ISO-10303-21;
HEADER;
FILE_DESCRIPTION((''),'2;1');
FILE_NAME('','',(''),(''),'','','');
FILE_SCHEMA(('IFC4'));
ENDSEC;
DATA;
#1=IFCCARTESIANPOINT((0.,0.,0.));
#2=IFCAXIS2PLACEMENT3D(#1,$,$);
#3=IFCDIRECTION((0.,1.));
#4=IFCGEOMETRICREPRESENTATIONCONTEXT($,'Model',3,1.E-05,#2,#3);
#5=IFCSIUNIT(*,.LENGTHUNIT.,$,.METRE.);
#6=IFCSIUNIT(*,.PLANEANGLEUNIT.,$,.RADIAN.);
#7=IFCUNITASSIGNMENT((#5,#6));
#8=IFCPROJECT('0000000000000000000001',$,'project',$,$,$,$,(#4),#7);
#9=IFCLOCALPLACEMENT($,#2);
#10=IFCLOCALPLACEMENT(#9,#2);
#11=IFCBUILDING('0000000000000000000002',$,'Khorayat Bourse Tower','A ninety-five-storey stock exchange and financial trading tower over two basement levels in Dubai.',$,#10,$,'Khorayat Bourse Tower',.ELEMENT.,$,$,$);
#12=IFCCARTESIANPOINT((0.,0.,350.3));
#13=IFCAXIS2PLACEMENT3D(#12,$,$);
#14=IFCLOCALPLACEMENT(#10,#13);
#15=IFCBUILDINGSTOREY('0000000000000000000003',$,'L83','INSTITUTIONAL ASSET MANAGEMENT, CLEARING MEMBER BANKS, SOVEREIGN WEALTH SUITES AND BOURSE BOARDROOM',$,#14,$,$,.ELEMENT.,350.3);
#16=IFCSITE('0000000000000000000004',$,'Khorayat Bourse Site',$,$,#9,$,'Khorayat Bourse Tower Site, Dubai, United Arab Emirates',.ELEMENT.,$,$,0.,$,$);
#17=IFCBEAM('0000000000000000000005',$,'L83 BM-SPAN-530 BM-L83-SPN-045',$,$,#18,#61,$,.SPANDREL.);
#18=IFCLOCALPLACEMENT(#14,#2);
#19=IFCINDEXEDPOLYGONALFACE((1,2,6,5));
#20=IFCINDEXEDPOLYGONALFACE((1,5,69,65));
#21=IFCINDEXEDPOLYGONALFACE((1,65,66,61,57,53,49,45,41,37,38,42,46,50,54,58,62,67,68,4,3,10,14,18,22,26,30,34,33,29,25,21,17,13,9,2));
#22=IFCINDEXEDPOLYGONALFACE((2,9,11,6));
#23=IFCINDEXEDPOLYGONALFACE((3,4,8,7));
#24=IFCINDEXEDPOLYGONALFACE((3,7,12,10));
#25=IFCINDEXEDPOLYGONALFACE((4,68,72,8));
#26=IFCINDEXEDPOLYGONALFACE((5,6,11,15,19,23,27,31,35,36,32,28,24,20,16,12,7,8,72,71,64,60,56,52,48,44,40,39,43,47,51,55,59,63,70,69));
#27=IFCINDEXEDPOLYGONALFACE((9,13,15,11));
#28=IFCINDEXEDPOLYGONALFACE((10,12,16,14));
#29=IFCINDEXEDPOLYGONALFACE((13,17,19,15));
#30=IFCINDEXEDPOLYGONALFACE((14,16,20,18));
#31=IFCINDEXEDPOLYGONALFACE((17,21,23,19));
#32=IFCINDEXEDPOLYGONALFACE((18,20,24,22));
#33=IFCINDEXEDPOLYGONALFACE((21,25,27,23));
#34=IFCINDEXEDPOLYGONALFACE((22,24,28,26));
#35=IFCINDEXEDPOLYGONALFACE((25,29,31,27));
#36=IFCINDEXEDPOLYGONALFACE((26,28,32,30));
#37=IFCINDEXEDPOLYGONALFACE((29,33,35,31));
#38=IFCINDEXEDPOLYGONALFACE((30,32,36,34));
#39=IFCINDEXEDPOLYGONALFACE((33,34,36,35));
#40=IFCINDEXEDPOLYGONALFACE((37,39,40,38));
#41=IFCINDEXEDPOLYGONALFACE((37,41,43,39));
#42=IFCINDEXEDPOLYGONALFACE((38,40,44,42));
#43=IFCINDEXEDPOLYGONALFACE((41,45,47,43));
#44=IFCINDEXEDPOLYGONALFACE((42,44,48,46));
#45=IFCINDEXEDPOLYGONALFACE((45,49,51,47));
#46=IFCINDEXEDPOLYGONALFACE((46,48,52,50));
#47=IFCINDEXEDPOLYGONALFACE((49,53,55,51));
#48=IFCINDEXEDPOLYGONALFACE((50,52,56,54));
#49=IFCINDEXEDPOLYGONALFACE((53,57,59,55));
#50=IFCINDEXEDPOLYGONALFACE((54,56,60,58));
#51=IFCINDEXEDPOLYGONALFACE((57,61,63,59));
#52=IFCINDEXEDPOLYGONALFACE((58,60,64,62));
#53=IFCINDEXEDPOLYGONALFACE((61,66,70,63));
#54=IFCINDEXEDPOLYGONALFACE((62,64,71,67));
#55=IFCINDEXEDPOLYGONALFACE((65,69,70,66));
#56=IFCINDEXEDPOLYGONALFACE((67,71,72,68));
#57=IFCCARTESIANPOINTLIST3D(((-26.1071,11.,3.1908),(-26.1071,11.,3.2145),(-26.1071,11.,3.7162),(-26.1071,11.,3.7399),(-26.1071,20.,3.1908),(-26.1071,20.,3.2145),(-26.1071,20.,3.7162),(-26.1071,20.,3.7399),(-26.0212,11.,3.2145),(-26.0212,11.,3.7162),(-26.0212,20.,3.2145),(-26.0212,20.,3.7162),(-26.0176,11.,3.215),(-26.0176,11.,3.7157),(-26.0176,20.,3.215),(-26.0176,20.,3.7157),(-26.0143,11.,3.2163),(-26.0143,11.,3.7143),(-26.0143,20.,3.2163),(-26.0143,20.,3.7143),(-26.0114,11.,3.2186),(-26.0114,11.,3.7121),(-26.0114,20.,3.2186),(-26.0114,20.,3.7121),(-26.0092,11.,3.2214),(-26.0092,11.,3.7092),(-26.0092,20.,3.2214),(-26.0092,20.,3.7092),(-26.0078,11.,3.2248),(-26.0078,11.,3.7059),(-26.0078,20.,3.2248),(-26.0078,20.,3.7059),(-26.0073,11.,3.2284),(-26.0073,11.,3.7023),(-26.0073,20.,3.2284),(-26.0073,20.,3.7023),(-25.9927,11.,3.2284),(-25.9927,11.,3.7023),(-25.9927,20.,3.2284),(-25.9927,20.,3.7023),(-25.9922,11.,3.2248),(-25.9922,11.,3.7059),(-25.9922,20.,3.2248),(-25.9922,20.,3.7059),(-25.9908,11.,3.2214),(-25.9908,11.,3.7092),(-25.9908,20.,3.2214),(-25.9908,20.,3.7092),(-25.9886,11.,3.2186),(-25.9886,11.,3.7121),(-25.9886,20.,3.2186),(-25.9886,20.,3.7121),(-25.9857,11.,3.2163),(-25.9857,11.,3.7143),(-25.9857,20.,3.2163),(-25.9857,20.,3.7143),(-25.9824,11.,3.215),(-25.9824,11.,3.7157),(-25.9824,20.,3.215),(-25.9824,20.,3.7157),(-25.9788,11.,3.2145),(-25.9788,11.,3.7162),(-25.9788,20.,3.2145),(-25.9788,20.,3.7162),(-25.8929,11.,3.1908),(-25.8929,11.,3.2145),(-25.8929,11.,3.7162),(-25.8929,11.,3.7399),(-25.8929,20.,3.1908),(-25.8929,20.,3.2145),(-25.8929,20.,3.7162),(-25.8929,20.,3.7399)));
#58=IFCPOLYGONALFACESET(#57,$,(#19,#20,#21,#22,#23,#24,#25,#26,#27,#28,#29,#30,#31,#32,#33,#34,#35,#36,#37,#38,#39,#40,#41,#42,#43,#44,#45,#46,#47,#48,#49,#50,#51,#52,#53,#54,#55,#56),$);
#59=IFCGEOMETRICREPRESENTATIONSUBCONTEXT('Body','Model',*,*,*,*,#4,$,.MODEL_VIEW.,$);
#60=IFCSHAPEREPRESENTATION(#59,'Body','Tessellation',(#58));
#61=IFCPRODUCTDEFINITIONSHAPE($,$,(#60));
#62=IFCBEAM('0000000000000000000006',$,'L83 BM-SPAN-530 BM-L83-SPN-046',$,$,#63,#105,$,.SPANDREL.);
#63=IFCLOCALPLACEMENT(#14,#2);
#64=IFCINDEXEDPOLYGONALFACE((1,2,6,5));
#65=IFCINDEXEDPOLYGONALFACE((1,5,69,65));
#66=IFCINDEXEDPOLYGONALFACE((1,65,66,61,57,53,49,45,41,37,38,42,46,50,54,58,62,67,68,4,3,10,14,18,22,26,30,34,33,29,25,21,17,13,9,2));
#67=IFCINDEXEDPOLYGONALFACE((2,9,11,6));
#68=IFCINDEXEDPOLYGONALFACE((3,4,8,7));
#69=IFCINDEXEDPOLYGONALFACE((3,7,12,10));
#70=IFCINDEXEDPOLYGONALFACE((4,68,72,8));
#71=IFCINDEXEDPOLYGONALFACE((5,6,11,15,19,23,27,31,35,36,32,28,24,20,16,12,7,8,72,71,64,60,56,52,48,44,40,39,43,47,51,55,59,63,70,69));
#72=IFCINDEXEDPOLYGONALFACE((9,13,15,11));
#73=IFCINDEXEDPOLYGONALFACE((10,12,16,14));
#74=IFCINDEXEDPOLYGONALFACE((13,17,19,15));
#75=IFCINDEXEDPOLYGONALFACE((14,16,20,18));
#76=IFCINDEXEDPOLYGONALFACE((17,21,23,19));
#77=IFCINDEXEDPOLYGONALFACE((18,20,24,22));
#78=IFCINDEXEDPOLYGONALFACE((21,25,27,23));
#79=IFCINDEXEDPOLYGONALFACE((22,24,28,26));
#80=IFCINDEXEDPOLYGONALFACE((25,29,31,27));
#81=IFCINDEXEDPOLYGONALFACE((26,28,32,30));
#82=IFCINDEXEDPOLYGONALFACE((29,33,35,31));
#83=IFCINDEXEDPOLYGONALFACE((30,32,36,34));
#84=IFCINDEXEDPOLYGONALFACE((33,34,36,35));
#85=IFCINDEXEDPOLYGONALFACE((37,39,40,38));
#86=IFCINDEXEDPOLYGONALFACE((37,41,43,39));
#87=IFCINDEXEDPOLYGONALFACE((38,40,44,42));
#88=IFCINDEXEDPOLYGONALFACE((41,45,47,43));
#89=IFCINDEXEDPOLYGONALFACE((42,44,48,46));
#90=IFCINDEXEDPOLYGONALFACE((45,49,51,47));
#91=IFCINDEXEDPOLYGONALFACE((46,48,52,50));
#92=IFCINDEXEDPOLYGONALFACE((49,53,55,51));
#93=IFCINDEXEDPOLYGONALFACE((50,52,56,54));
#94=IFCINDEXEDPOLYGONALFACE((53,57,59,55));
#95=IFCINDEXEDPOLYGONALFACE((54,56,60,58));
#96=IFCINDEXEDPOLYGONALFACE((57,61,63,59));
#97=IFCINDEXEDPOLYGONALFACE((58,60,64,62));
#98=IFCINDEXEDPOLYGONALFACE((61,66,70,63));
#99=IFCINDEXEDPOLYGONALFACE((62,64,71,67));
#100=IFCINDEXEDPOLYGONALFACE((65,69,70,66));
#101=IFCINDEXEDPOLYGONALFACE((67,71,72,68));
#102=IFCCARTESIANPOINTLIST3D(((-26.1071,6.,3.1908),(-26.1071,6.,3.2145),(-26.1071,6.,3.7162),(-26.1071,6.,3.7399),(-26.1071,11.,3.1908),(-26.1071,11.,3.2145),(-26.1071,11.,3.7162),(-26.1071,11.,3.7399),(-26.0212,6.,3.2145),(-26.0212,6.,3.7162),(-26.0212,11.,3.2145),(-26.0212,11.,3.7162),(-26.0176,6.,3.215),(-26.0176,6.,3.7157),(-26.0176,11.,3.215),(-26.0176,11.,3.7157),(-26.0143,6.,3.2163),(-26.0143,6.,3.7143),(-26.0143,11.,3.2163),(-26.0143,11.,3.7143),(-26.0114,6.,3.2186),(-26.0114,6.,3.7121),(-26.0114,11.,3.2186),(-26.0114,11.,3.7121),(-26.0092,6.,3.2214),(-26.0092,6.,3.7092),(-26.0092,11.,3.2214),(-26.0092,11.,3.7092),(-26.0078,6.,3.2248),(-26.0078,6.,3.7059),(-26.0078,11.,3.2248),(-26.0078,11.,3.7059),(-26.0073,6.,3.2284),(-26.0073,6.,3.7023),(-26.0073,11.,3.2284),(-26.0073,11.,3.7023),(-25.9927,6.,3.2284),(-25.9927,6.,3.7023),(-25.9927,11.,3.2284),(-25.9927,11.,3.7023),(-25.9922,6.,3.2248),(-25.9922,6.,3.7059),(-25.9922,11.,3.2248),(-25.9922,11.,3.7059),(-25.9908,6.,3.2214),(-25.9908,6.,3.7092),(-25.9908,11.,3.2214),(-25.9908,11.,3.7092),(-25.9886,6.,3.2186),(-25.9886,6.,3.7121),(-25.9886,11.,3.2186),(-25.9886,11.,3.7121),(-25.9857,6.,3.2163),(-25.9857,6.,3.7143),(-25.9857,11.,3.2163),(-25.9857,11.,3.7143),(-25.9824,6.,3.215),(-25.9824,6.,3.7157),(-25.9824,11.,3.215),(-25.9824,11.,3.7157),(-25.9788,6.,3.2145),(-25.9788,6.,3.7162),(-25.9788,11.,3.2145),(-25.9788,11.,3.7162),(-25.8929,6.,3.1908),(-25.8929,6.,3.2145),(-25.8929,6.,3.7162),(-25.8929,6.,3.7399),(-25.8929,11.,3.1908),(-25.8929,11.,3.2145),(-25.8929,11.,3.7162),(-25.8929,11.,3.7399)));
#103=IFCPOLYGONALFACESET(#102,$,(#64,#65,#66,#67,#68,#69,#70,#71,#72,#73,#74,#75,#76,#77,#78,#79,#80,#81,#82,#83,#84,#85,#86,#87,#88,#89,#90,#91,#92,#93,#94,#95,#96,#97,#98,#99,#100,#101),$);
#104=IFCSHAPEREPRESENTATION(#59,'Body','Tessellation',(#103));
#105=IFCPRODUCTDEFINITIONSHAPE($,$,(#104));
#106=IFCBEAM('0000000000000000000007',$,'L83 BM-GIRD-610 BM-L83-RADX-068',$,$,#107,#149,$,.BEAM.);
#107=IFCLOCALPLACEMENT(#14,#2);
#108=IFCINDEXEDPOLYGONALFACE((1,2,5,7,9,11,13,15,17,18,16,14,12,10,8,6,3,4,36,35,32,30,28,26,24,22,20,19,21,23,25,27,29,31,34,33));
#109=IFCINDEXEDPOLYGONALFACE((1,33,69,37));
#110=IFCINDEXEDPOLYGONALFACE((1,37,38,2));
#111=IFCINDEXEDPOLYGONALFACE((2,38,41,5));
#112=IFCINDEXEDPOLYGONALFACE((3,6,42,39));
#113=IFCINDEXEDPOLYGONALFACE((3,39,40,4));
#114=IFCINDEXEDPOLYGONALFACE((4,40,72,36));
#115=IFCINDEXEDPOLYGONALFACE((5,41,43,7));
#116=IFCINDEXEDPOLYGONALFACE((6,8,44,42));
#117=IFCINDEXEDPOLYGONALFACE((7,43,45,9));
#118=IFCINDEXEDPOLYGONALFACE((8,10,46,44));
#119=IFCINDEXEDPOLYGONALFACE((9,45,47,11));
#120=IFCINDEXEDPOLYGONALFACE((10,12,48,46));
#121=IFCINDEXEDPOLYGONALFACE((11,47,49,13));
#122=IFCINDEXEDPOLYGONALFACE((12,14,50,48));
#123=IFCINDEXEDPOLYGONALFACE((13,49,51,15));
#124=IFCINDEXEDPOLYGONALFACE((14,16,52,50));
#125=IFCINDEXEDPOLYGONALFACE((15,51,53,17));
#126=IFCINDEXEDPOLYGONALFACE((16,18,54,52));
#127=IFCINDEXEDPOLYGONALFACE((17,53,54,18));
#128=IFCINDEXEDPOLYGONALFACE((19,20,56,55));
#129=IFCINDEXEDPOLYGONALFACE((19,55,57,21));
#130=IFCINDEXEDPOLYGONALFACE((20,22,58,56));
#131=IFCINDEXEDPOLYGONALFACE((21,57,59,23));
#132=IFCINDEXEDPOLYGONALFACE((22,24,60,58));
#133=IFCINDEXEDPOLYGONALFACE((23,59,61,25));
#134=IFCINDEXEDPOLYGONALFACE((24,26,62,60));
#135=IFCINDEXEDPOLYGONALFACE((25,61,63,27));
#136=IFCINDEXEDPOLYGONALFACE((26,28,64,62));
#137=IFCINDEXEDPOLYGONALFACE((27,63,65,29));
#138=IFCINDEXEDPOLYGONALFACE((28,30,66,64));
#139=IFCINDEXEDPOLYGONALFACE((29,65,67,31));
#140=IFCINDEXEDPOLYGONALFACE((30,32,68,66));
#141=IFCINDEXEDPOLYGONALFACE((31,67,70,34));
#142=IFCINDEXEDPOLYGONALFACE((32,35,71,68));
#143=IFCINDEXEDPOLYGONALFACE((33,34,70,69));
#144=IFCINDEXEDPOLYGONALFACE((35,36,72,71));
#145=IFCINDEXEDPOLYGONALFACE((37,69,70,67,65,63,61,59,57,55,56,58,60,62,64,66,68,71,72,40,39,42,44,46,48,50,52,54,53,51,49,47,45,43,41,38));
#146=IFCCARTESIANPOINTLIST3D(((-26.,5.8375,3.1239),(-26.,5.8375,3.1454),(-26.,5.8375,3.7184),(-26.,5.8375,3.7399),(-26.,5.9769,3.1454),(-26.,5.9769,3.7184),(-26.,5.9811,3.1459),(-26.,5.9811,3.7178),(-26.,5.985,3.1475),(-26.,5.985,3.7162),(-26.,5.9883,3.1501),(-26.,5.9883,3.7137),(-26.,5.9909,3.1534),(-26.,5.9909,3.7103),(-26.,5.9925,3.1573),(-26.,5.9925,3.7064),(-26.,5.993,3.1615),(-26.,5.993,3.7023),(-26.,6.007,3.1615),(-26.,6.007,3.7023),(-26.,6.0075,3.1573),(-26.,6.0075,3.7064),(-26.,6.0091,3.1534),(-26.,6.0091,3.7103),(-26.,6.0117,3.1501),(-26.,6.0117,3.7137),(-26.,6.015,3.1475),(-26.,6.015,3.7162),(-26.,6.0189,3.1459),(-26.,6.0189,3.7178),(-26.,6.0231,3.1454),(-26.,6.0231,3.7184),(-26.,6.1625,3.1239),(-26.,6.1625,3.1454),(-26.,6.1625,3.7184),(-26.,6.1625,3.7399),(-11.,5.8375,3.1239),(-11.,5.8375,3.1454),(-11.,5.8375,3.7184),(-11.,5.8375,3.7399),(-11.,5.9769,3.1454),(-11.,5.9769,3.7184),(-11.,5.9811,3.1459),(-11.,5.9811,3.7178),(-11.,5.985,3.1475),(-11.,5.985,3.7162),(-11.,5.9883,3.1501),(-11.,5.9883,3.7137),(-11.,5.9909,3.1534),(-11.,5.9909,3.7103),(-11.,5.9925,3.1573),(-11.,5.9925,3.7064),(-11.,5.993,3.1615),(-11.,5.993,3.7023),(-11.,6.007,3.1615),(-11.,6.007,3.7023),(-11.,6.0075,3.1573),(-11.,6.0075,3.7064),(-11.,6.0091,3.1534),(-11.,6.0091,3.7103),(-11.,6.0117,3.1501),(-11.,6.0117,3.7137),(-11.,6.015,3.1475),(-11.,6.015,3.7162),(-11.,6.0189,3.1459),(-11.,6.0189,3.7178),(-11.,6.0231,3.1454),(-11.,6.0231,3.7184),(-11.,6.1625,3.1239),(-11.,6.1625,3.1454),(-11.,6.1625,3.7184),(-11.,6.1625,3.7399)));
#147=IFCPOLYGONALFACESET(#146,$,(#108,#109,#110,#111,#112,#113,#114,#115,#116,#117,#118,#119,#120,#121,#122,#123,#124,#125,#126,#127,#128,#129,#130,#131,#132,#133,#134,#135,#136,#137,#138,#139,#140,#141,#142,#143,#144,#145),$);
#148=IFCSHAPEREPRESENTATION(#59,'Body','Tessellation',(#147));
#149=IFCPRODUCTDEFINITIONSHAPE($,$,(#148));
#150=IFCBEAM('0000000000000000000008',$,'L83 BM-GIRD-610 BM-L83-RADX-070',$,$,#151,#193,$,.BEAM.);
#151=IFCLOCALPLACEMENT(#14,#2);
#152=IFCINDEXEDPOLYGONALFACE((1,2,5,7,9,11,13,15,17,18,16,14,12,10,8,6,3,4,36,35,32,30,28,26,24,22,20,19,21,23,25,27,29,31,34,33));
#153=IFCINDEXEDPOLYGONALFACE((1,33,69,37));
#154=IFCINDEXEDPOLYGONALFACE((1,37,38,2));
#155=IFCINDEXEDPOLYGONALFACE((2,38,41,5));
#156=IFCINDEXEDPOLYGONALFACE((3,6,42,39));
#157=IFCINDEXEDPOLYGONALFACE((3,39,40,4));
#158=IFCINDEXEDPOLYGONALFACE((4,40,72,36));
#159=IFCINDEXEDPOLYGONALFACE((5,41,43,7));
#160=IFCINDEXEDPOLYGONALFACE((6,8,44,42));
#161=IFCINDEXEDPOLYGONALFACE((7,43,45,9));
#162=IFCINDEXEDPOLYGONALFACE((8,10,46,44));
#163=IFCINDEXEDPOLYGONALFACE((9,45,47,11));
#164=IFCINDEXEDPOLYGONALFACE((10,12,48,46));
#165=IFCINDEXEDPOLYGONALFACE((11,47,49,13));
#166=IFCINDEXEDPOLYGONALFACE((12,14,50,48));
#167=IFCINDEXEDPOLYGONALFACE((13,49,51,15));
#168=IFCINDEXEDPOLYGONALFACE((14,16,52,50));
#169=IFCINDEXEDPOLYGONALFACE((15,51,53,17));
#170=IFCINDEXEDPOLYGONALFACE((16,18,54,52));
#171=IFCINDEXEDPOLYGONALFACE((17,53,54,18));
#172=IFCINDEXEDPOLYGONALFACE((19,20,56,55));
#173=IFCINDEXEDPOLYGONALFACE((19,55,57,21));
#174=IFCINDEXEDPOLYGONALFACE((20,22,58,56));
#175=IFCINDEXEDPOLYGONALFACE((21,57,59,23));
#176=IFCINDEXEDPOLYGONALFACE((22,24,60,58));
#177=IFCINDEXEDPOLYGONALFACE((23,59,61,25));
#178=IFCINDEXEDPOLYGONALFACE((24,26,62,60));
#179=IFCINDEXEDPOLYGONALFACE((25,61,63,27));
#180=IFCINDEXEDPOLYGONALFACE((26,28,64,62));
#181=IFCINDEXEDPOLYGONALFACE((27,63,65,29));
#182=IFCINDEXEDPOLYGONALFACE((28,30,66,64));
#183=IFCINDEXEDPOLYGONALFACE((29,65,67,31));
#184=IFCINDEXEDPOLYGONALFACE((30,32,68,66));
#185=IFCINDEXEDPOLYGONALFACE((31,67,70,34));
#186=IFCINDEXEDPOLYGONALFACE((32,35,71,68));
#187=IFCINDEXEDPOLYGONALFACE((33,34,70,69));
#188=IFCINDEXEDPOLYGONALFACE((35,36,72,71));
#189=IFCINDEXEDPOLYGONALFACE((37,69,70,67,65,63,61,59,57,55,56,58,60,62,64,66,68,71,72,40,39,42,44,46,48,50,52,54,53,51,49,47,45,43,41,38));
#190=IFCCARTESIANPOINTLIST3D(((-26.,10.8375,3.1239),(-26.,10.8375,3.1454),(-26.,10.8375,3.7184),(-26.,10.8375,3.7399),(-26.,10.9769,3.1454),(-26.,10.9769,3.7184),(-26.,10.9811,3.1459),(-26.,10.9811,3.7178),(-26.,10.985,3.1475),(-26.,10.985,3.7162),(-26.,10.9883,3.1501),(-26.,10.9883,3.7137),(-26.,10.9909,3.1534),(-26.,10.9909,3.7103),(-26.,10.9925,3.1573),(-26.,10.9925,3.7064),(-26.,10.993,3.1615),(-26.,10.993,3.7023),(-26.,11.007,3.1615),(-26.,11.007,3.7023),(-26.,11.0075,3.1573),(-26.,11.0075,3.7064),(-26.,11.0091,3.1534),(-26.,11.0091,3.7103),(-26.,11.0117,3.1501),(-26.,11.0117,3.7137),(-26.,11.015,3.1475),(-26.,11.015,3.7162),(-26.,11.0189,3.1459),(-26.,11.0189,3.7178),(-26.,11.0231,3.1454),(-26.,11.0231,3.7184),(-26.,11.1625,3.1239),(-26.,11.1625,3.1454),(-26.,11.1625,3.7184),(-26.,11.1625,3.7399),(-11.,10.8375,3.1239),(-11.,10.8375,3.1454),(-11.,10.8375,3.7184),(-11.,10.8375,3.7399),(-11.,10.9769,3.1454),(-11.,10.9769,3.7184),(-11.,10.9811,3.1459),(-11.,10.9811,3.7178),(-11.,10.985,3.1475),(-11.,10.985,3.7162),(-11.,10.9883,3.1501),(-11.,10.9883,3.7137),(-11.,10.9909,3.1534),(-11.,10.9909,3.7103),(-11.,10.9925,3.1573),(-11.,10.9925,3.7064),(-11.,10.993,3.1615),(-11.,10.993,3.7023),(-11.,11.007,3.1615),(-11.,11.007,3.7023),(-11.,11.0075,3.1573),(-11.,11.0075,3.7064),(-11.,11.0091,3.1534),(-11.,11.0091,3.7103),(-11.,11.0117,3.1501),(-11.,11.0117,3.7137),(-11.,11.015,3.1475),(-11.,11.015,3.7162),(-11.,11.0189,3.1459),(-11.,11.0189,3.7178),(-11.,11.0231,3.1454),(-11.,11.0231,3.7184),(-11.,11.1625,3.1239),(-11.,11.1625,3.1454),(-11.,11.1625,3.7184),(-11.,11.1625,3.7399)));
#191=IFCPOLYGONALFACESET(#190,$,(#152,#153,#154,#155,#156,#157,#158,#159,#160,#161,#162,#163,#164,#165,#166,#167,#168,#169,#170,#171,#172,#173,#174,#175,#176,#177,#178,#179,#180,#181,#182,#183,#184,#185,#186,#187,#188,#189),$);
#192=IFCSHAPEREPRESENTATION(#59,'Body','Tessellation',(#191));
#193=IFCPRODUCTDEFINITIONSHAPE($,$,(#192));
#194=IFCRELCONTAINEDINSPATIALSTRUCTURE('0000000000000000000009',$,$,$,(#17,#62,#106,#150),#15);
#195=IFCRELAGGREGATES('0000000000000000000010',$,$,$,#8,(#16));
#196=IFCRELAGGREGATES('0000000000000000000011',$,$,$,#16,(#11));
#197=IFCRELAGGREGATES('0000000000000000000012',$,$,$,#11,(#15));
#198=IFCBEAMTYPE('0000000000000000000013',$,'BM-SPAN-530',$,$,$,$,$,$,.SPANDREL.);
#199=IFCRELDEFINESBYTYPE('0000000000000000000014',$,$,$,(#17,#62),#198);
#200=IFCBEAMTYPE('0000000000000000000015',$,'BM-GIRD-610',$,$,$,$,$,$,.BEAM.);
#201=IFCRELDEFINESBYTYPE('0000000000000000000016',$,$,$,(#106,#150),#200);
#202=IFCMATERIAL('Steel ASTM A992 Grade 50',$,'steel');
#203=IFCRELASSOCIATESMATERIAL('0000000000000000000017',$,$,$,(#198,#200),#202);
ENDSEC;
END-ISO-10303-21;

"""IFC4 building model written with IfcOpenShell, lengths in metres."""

from ifc_helpers import new_model, si_unit, direction, frame, origin, origin_2d, place, context, subcontext, project, spatial, i_section, extrude, source, transform, mapped, material, material_profile, profile_set, type_object, element, save


model = new_model("IFC4")

# Units and contexts
model_context = context("Model", 3, precision=1e-05, world=origin(), true_north=direction((0.0, 1.0)))
body_context = subcontext(model_context, "Body", "Model", "MODEL_VIEW")
ifc_project = project(units=[si_unit("LENGTHUNIT", "METRE"), si_unit("PLANEANGLEUNIT", "RADIAN")], contexts=[model_context])

# Site, building, storey
site_placement = place(None, origin())
site = spatial("IfcSite", under=ifc_project, at=site_placement, Name="Khorayat Bourse Site", LongName="Khorayat Bourse Tower Site, Dubai, United Arab Emirates", CompositionType="ELEMENT", RefElevation=0.0)
building_placement = place(site_placement, origin())
building = spatial("IfcBuilding", under=site, at=building_placement, Name="Khorayat Bourse Tower", Description="A ninety-five-storey stock exchange and financial trading tower over two basement levels in Dubai.", LongName="Khorayat Bourse Tower", CompositionType="ELEMENT")
storey_placement = place(building_placement, frame((0.0, 0.0, 350.3)))
storey = spatial("IfcBuildingStorey", under=building, at=storey_placement, Name="L83", Description="INSTITUTIONAL ASSET MANAGEMENT, CLEARING MEMBER BANKS, SOVEREIGN WEALTH SUITES AND BOURSE BOARDROOM", CompositionType="ELEMENT", Elevation=350.3)

# Beams
ifc_material_1 = material(Name="Steel ASTM A992 Grade 50", Category="steel")
ifc_material_profile_1 = material_profile(ifc_material_1, i_section(OverallWidth=0.2141, OverallDepth=0.5491, WebThickness=0.0146, FlangeThickness=0.0237, FilletRadius=0.0139, at=origin_2d()), Name="W530X138")
ifc_profile_set_1 = profile_set([ifc_material_profile_1], Name="Steel ASTM A992 Grade 50")
beam_type_1 = type_object("IfcBeamType", Name="BM-SPAN-530", PredefinedType="SPANDREL", material=ifc_profile_set_1)
shared_shape_1 = source(origin(), body_context, "Body", "SweptSolid", [
    extrude(i_section(OverallWidth=0.2141, OverallDepth=0.5491, WebThickness=0.0146, FlangeThickness=0.0237, FilletRadius=0.0139, at=origin_2d()), origin(), (0.0, 0.0, 1.0), 9.0),
])
beam_1_placement = place(storey_placement, frame((-26.0, 11.0, 3.4653), z_axis=(0.0, 1.0, 0.0), x_axis=(-1.0, 0.0, 0.0)))
element("IfcBeam", 1, at=beam_1_placement, inside=storey, type_object=beam_type_1, Name="L83 BM-SPAN-530 BM-L83-SPN-045", PredefinedType="SPANDREL", context=body_context, shape_type="MappedRepresentation", body=[
    mapped(shared_shape_1, transform((0.0, 0.0, 0.0), scale=1.0)),
])
shared_shape_2 = source(origin(), body_context, "Body", "SweptSolid", [
    extrude(i_section(OverallWidth=0.2141, OverallDepth=0.5491, WebThickness=0.0146, FlangeThickness=0.0237, FilletRadius=0.0139, at=origin_2d()), origin(), (0.0, 0.0, 1.0), 5.0),
])
beam_2_placement = place(storey_placement, frame((-26.0, 6.0, 3.4653), z_axis=(0.0, 1.0, 0.0), x_axis=(-1.0, 0.0, 0.0)))
element("IfcBeam", 2, at=beam_2_placement, inside=storey, type_object=beam_type_1, Name="L83 BM-SPAN-530 BM-L83-SPN-046", PredefinedType="SPANDREL", context=body_context, shape_type="MappedRepresentation", body=[
    mapped(shared_shape_2, transform((0.0, 0.0, 0.0), scale=1.0)),
])
ifc_material_profile_2 = material_profile(ifc_material_1, i_section(OverallWidth=0.325, OverallDepth=0.616, WebThickness=0.0139, FlangeThickness=0.0215, FilletRadius=0.0161, at=origin_2d()), Name="W610X174")
ifc_profile_set_2 = profile_set([ifc_material_profile_2], Name="Steel ASTM A992 Grade 50")
beam_type_2 = type_object("IfcBeamType", Name="BM-GIRD-610", PredefinedType="BEAM", material=ifc_profile_set_2)
shared_shape_3 = source(origin(), body_context, "Body", "SweptSolid", [
    extrude(i_section(OverallWidth=0.325, OverallDepth=0.616, WebThickness=0.0139, FlangeThickness=0.0215, FilletRadius=0.0161, at=origin_2d()), origin(), (0.0, 0.0, 1.0), 15.0),
])
for number, where, z_axis, x_axis, name in (
    (3, (-26.0, 6.0, 3.4319), (1.0, 0.0, 0.0), (0.0, 1.0, 0.0), "L83 BM-GIRD-610 BM-L83-RADX-068"),
    (4, (-26.0, 11.0, 3.4319), (1.0, 0.0, 0.0), (0.0, 1.0, 0.0), "L83 BM-GIRD-610 BM-L83-RADX-070"),
):
    element("IfcBeam", number, at=place(storey_placement, frame(where, z_axis=z_axis, x_axis=x_axis)), inside=storey, type_object=beam_type_2, Name=name, PredefinedType="BEAM", context=body_context, shape_type="MappedRepresentation", body=[
        mapped(shared_shape_3, transform((0.0, 0.0, 0.0), scale=1.0)),
    ])

save(model, "model.ifc")
